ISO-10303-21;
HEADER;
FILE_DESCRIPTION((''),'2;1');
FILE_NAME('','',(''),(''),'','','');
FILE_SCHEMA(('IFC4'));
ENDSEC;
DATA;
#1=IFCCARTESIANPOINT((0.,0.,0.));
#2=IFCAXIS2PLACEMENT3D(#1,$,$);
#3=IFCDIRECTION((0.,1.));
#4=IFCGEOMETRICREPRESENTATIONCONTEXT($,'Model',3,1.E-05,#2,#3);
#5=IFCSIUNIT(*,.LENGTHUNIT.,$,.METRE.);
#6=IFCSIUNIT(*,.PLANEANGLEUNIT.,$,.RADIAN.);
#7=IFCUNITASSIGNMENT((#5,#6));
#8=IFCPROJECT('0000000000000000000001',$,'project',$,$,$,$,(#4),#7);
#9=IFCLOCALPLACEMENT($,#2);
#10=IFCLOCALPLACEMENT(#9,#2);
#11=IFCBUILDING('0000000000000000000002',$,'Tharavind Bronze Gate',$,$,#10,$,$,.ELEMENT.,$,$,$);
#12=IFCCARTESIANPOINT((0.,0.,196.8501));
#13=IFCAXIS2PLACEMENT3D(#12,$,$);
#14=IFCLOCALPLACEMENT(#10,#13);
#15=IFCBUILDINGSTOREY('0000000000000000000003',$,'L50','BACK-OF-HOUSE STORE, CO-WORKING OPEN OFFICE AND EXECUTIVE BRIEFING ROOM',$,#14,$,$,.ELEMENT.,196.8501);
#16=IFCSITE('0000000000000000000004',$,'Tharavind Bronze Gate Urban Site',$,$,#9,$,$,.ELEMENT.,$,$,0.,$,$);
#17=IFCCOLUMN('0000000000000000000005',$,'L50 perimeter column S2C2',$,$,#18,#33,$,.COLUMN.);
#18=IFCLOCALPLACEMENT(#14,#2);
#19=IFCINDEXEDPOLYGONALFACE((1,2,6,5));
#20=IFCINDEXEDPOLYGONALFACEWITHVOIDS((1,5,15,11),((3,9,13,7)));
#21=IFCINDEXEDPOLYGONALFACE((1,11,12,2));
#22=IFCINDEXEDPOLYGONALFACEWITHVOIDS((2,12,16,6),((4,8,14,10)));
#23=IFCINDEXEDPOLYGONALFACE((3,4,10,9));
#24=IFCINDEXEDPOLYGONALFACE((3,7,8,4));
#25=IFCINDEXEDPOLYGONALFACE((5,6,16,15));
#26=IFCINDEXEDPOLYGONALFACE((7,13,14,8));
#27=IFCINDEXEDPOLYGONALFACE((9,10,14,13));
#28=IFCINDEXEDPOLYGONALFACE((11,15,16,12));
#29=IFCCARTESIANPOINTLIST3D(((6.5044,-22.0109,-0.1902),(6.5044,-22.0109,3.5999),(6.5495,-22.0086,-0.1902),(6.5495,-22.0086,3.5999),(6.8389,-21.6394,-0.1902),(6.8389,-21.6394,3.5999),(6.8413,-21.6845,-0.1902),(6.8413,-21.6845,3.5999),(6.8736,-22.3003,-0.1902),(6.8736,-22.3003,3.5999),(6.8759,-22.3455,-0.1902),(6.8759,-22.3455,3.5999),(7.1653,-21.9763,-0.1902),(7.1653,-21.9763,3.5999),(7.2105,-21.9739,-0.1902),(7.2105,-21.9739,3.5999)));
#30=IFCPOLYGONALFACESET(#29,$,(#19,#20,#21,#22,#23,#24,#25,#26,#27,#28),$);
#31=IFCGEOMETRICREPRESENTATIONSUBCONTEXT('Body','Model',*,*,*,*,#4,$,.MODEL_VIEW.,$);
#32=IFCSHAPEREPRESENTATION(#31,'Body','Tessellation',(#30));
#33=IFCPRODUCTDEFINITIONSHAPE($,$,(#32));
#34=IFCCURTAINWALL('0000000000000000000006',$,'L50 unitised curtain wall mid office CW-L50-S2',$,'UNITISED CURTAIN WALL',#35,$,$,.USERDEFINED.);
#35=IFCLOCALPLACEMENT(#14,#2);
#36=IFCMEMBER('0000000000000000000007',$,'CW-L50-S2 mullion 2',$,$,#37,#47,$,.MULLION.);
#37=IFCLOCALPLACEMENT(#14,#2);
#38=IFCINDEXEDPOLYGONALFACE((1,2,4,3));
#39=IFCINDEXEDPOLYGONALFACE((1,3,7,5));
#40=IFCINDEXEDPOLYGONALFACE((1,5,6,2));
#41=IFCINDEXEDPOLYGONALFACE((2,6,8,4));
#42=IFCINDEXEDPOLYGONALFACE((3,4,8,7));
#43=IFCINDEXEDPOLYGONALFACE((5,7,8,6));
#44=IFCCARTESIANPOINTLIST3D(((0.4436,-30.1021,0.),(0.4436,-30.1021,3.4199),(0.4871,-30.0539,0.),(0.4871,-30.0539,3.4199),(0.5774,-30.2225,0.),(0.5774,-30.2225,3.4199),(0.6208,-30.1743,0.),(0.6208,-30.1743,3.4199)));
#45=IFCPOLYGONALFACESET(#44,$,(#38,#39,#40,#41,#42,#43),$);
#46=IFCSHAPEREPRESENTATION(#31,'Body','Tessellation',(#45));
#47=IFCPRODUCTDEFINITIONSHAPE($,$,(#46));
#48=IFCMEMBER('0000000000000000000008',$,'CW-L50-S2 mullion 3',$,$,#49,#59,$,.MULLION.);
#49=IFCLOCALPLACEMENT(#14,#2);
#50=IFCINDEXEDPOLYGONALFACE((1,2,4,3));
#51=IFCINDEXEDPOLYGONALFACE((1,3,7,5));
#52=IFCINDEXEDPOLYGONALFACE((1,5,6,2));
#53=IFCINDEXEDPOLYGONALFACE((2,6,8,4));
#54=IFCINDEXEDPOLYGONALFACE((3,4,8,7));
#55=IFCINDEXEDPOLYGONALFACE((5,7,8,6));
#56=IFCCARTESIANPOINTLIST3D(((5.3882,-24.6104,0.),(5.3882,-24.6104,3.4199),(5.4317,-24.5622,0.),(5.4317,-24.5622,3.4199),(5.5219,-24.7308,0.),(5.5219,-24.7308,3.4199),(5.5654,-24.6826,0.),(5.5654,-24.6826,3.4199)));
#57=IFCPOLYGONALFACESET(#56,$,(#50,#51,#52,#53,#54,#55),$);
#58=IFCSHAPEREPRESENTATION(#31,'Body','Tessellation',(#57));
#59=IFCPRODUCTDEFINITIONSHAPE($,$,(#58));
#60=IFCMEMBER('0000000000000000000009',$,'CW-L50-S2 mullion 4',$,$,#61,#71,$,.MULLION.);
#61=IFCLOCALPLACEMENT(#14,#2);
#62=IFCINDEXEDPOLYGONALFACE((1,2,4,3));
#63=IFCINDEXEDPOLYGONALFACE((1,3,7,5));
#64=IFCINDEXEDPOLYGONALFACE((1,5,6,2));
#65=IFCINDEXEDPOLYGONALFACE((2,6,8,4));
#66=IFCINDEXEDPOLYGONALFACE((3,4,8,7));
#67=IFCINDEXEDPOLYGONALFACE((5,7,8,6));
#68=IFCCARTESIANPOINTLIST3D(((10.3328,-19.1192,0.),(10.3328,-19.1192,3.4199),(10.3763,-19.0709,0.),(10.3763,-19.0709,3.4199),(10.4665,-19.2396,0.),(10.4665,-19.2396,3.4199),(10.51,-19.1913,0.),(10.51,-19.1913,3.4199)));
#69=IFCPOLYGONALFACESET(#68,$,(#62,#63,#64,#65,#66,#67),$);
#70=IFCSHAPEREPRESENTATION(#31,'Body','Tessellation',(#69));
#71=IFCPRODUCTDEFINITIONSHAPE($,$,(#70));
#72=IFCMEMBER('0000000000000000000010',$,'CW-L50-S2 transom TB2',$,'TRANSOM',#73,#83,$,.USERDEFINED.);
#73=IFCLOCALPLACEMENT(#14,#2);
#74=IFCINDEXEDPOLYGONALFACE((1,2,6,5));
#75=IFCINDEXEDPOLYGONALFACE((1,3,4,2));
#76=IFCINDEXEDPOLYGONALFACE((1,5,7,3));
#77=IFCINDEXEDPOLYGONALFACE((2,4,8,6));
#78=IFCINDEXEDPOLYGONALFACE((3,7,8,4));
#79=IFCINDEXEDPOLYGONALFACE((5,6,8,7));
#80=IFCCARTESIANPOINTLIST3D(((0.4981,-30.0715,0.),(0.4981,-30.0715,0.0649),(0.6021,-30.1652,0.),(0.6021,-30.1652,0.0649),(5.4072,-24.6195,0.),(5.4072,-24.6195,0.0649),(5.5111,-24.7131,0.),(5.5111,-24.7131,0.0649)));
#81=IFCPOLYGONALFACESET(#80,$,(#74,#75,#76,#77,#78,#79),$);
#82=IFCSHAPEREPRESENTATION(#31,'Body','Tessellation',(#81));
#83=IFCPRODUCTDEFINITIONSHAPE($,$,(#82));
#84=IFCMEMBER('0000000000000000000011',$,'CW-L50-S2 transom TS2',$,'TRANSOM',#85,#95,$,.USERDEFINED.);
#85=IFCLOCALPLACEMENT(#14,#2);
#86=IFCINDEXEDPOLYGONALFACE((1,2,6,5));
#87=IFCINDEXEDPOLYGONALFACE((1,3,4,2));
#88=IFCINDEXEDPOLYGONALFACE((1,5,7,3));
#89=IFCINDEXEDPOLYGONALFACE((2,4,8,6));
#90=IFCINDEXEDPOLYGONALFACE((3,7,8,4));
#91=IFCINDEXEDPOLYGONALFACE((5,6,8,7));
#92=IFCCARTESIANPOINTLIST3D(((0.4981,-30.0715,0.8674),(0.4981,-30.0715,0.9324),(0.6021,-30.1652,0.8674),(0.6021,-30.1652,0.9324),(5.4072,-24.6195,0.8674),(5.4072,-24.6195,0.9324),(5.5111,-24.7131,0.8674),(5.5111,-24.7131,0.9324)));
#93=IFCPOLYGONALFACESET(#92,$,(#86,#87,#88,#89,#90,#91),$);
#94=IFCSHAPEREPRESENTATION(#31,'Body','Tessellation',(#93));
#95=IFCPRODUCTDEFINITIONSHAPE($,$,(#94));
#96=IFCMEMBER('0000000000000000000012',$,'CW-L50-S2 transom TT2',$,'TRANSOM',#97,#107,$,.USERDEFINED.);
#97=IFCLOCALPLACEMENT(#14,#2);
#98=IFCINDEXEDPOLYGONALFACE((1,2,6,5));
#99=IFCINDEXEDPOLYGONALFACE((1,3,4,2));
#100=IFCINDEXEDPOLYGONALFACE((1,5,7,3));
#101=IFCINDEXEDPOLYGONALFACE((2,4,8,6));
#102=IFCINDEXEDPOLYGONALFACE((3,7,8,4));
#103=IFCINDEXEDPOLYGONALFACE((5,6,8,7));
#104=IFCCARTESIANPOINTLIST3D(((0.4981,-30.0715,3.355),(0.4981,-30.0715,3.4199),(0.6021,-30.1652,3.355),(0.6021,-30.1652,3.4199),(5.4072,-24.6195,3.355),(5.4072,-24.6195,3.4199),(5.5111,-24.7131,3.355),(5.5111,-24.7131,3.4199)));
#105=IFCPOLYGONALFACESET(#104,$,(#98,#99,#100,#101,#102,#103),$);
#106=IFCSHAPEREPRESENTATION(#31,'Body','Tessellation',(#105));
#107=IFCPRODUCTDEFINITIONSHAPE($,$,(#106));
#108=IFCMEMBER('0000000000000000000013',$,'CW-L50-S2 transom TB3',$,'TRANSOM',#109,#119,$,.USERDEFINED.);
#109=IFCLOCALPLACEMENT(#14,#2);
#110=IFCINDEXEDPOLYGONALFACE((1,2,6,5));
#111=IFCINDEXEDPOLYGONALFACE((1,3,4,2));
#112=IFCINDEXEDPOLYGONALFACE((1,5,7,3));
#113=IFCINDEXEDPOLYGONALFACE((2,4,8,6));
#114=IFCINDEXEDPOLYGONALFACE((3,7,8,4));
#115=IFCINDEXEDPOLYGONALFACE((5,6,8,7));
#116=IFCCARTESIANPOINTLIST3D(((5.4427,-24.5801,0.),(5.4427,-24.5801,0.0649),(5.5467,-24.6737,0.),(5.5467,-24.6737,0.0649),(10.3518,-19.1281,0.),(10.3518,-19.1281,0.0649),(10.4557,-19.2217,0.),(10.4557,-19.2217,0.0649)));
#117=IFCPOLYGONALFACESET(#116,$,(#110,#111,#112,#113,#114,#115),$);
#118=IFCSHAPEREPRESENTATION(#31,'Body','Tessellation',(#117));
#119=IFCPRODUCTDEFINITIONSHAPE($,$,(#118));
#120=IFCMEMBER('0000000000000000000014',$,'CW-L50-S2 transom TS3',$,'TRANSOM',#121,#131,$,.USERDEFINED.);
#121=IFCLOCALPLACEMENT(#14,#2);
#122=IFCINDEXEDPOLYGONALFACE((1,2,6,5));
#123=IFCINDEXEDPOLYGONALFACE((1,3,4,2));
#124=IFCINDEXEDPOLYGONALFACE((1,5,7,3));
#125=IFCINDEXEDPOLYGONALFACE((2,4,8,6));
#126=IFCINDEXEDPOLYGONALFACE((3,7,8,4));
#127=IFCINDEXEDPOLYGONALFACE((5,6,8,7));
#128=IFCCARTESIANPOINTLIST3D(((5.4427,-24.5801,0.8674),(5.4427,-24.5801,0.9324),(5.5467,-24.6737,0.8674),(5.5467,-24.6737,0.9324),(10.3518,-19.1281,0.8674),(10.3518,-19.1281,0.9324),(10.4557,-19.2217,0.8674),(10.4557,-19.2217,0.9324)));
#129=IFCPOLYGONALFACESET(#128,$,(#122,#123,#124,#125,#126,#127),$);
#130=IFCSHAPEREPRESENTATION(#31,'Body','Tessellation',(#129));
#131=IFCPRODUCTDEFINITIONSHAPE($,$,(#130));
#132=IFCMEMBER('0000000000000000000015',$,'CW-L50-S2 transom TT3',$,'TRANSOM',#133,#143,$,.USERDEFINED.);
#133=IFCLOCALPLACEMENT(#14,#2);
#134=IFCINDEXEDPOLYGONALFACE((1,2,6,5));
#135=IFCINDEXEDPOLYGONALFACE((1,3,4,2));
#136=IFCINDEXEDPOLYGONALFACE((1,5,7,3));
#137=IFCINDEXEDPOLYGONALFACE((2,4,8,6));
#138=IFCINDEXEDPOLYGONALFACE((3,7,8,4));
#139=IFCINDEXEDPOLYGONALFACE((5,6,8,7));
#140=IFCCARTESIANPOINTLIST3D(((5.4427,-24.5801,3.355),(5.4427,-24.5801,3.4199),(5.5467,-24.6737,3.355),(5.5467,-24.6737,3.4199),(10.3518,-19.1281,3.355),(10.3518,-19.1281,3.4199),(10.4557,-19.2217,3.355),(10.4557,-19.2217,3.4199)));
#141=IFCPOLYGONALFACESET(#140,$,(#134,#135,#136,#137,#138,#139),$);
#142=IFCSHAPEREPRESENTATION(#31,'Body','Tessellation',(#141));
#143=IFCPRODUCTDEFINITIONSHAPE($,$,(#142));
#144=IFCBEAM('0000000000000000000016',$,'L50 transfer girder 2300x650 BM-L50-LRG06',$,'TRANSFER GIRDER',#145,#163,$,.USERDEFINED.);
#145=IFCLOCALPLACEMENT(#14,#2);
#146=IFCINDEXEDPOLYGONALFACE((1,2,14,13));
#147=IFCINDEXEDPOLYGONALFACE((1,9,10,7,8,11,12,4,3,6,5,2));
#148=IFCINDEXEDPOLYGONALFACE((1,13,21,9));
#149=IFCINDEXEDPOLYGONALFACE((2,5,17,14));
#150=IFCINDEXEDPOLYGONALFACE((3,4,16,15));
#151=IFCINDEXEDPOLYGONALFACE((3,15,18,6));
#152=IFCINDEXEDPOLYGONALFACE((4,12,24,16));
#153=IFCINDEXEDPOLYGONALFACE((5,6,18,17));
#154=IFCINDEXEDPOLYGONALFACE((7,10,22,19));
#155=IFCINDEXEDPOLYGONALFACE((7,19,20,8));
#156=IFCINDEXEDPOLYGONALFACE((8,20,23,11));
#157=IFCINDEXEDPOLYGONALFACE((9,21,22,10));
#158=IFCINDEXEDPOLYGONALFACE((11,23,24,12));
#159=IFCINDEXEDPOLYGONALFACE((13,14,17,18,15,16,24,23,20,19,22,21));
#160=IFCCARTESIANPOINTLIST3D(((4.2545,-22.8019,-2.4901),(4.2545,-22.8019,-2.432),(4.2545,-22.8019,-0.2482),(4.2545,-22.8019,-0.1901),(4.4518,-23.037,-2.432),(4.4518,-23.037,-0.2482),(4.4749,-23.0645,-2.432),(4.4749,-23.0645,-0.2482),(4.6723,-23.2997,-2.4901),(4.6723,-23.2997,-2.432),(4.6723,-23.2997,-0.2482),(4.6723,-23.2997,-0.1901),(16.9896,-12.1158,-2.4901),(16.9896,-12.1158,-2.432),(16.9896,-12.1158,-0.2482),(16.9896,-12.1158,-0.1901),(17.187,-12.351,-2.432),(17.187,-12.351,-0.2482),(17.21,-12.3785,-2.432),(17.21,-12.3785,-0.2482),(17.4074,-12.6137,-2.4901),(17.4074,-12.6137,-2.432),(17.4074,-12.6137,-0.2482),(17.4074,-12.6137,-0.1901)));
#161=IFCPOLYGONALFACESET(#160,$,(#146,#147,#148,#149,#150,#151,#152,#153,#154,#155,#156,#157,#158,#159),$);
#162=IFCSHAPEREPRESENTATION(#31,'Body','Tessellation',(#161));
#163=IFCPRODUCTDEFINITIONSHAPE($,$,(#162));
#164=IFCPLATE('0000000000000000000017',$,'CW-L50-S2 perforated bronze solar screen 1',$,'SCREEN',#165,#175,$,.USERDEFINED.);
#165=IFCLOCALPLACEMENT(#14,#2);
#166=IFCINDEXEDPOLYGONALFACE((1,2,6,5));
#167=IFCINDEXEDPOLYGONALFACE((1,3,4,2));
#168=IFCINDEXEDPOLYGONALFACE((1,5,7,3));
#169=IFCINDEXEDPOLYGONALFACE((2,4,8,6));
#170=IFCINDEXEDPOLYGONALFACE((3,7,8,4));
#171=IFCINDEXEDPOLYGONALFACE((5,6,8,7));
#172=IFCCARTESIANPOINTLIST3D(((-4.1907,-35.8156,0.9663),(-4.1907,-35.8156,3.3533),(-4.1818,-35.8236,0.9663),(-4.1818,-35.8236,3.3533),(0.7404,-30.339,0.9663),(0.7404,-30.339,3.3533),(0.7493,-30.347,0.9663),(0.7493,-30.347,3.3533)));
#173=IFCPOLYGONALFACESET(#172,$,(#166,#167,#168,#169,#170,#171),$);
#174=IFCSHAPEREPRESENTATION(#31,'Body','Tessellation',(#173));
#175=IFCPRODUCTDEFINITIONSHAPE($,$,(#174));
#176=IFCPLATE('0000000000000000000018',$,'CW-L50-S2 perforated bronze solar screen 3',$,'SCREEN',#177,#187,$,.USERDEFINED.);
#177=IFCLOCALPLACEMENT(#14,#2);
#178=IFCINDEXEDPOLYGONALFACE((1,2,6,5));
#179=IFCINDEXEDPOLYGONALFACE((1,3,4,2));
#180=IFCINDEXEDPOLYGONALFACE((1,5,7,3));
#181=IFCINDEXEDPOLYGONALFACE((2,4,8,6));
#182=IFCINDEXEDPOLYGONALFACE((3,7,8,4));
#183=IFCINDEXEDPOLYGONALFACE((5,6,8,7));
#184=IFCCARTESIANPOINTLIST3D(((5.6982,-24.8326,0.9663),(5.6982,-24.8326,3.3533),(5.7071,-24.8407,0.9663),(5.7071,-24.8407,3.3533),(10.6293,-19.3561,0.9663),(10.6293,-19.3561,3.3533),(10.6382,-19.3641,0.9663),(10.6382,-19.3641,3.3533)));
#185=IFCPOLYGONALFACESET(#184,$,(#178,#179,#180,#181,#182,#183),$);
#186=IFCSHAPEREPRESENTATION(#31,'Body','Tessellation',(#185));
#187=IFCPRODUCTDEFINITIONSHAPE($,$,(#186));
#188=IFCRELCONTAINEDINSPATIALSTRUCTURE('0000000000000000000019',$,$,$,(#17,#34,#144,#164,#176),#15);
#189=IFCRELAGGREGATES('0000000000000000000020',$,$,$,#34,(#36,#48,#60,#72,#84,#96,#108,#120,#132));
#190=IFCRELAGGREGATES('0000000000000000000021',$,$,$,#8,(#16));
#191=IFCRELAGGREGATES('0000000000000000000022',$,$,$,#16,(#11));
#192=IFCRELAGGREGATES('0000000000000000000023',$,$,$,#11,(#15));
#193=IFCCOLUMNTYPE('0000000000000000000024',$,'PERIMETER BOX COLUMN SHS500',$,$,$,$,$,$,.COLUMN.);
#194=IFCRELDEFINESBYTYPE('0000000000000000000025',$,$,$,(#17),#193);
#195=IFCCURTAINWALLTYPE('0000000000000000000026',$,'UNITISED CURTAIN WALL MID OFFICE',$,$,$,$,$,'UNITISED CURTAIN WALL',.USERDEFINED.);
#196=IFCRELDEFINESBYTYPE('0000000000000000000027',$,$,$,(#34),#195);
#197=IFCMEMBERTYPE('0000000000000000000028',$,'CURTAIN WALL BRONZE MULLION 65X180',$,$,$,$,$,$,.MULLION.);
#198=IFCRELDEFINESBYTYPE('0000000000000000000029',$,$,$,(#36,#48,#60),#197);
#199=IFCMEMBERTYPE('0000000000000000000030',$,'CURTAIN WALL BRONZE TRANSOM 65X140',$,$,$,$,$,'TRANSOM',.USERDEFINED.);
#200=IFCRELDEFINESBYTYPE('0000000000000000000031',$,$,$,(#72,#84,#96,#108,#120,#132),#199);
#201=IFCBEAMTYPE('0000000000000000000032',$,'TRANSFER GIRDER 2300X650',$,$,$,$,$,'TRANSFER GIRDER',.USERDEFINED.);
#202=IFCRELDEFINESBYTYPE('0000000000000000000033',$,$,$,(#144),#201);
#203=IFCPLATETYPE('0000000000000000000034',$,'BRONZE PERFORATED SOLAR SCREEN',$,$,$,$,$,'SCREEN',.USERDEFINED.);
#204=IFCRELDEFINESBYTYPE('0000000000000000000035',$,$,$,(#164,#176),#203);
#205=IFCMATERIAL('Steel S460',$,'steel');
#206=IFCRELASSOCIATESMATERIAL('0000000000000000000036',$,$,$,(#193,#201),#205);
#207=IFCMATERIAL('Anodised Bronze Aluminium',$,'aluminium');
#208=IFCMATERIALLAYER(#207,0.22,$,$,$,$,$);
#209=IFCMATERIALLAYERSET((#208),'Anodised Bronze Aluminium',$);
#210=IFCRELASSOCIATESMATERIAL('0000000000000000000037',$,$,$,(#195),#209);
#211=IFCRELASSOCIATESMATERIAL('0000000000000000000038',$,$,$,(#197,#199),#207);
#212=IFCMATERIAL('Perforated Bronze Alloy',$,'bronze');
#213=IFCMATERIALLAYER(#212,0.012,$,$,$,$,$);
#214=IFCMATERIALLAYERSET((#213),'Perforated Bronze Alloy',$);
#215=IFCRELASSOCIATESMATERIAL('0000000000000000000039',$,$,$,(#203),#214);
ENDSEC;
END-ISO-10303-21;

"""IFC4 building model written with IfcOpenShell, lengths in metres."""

from ifc_helpers import new_model, si_unit, direction, frame, origin, origin_2d, place, context, subcontext, project, spatial, rectangle, hollow_rectangle, i_section, extrude, material, layer, layer_set, material_profile, profile_set, type_object, element, aggregate, save


model = new_model("IFC4")

# Units and contexts
model_context = context("Model", 3, precision=1e-05, world=origin(), true_north=direction((0.0, 1.0)))
body_context = subcontext(model_context, "Body", "Model", "MODEL_VIEW")
ifc_project = project(units=[si_unit("LENGTHUNIT", "METRE"), si_unit("PLANEANGLEUNIT", "RADIAN")], contexts=[model_context])

# Site, building, storey
site_placement = place(None, origin())
site = spatial("IfcSite", under=ifc_project, at=site_placement, Name="Tharavind Bronze Gate Urban Site", CompositionType="ELEMENT", RefElevation=0.0)
building_placement = place(site_placement, origin())
building = spatial("IfcBuilding", under=site, at=building_placement, Name="Tharavind Bronze Gate", CompositionType="ELEMENT")
storey_placement = place(building_placement, frame((0.0, 0.0, 196.8501)))
storey = spatial("IfcBuildingStorey", under=building, at=storey_placement, Name="L50", Description="BACK-OF-HOUSE STORE, CO-WORKING OPEN OFFICE AND EXECUTIVE BRIEFING ROOM", CompositionType="ELEMENT", Elevation=196.8501)

# Column
ifc_material_1 = material(Name="Steel S460", Category="steel")
ifc_material_profile_1 = material_profile(ifc_material_1, hollow_rectangle(XDim=0.5, YDim=0.5, WallThickness=0.032, at=origin_2d()), Name="SHS500X32")
ifc_profile_set_1 = profile_set([ifc_material_profile_1], Name="Steel S460")
column_type = type_object("IfcColumnType", Name="PERIMETER BOX COLUMN SHS500", PredefinedType="COLUMN", material=ifc_profile_set_1)
column_placement = place(storey_placement, frame((6.8574, -21.9924, -0.1902), z_axis=(0.0, 0.0, 1.0), x_axis=(0.669131, 0.743145, 0.0)))
element("IfcColumn", 1, at=column_placement, inside=storey, type_object=column_type, Name="L50 perimeter column S2C2", PredefinedType="COLUMN", context=body_context, shape_type="SweptSolid", body=[
    extrude(hollow_rectangle(XDim=0.5, YDim=0.5, WallThickness=0.032, at=origin_2d()), origin(), (0.0, 0.0, 1.0), 3.79),
])

# Curtain wall, members
ifc_material_2 = material(Name="Anodised Bronze Aluminium", Category="aluminium")
ifc_layer_1 = layer(ifc_material_2, 0.22)
ifc_layer_set_1 = layer_set([ifc_layer_1], Name="Anodised Bronze Aluminium")
curtain_wall_type = type_object("IfcCurtainWallType", Name="UNITISED CURTAIN WALL MID OFFICE", ElementType="UNITISED CURTAIN WALL", PredefinedType="USERDEFINED", material=ifc_layer_set_1)
curtain_wall_placement = place(storey_placement, origin())
curtain_wall = element("IfcCurtainWall", 2, at=curtain_wall_placement, inside=storey, type_object=curtain_wall_type, Name="L50 unitised curtain wall mid office CW-L50-S2", ObjectType="UNITISED CURTAIN WALL", PredefinedType="USERDEFINED")
member_type_1 = type_object("IfcMemberType", Name="CURTAIN WALL BRONZE MULLION 65X180", PredefinedType="MULLION", material=ifc_material_2)
member_1_placement = place(storey_placement, frame((0.5322, -30.1382, 0.0), z_axis=(0.0, 0.0, 1.0), x_axis=(0.669131, 0.743145, 0.0)))
member_1 = element("IfcMember", 3, at=member_1_placement, type_object=member_type_1, Name="CW-L50-S2 mullion 2", PredefinedType="MULLION", context=body_context, shape_type="SweptSolid", body=[
    extrude(rectangle(XDim=0.0649, YDim=0.1799, at=origin_2d()), origin(), (0.0, 0.0, 1.0), 3.4199),
])
member_2_placement = place(storey_placement, frame((5.4768, -24.6465, 0.0), z_axis=(0.0, 0.0, 1.0), x_axis=(0.669131, 0.743145, 0.0)))
member_2 = element("IfcMember", 4, at=member_2_placement, type_object=member_type_1, Name="CW-L50-S2 mullion 3", PredefinedType="MULLION", context=body_context, shape_type="SweptSolid", body=[
    extrude(rectangle(XDim=0.0649, YDim=0.1799, at=origin_2d()), origin(), (0.0, 0.0, 1.0), 3.4199),
])
member_3_placement = place(storey_placement, frame((10.4214, -19.1553, 0.0), z_axis=(0.0, 0.0, 1.0), x_axis=(0.669131, 0.743145, 0.0)))
member_3 = element("IfcMember", 5, at=member_3_placement, type_object=member_type_1, Name="CW-L50-S2 mullion 4", PredefinedType="MULLION", context=body_context, shape_type="SweptSolid", body=[
    extrude(rectangle(XDim=0.0649, YDim=0.1799, at=origin_2d()), origin(), (0.0, 0.0, 1.0), 3.4199),
])
member_type_2 = type_object("IfcMemberType", Name="CURTAIN WALL BRONZE TRANSOM 65X140", ElementType="TRANSOM", PredefinedType="USERDEFINED", material=ifc_material_2)
member_4_placement = place(storey_placement, frame((3.0046, -27.3923, 0.0), z_axis=(0.0, 0.0, 1.0), x_axis=(0.669131, 0.743145, 0.0)))
member_4 = element("IfcMember", 6, at=member_4_placement, type_object=member_type_2, Name="CW-L50-S2 transom TB2", ObjectType="TRANSOM", PredefinedType="USERDEFINED", context=body_context, shape_type="SweptSolid", body=[
    extrude(rectangle(XDim=7.3364, YDim=0.1399, at=origin_2d()), origin(), (0.0, 0.0, 1.0), 0.0649),
])
member_5_placement = place(storey_placement, frame((3.0046, -27.3923, 0.8674), z_axis=(0.0, 0.0, 1.0), x_axis=(0.669131, 0.743145, 0.0)))
member_5 = element("IfcMember", 7, at=member_5_placement, type_object=member_type_2, Name="CW-L50-S2 transom TS2", ObjectType="TRANSOM", PredefinedType="USERDEFINED", context=body_context, shape_type="SweptSolid", body=[
    extrude(rectangle(XDim=7.3364, YDim=0.1399, at=origin_2d()), origin(), (0.0, 0.0, 1.0), 0.0649),
])
member_6_placement = place(storey_placement, frame((3.0046, -27.3923, 3.355), z_axis=(0.0, 0.0, 1.0), x_axis=(0.669131, 0.743145, 0.0)))
member_6 = element("IfcMember", 8, at=member_6_placement, type_object=member_type_2, Name="CW-L50-S2 transom TT2", ObjectType="TRANSOM", PredefinedType="USERDEFINED", context=body_context, shape_type="SweptSolid", body=[
    extrude(rectangle(XDim=7.3364, YDim=0.1399, at=origin_2d()), origin(), (0.0, 0.0, 1.0), 0.0649),
])
member_7_placement = place(storey_placement, frame((7.9492, -21.9009, 0.0), z_axis=(0.0, 0.0, 1.0), x_axis=(0.669131, 0.743145, 0.0)))
member_7 = element("IfcMember", 9, at=member_7_placement, type_object=member_type_2, Name="CW-L50-S2 transom TB3", ObjectType="TRANSOM", PredefinedType="USERDEFINED", context=body_context, shape_type="SweptSolid", body=[
    extrude(rectangle(XDim=7.3364, YDim=0.1399, at=origin_2d()), origin(), (0.0, 0.0, 1.0), 0.0649),
])
member_8_placement = place(storey_placement, frame((7.9492, -21.9009, 0.8674), z_axis=(0.0, 0.0, 1.0), x_axis=(0.669131, 0.743145, 0.0)))
member_8 = element("IfcMember", 10, at=member_8_placement, type_object=member_type_2, Name="CW-L50-S2 transom TS3", ObjectType="TRANSOM", PredefinedType="USERDEFINED", context=body_context, shape_type="SweptSolid", body=[
    extrude(rectangle(XDim=7.3364, YDim=0.1399, at=origin_2d()), origin(), (0.0, 0.0, 1.0), 0.0649),
])
member_9_placement = place(storey_placement, frame((7.9492, -21.9009, 3.355), z_axis=(0.0, 0.0, 1.0), x_axis=(0.669131, 0.743145, 0.0)))
member_9 = element("IfcMember", 11, at=member_9_placement, type_object=member_type_2, Name="CW-L50-S2 transom TT3", ObjectType="TRANSOM", PredefinedType="USERDEFINED", context=body_context, shape_type="SweptSolid", body=[
    extrude(rectangle(XDim=7.3364, YDim=0.1399, at=origin_2d()), origin(), (0.0, 0.0, 1.0), 0.0649),
])

# Beam
ifc_material_profile_2 = material_profile(ifc_material_1, i_section(OverallWidth=0.6499, OverallDepth=2.3, WebThickness=0.0359, FlangeThickness=0.0581, at=origin_2d()), Name="PG2300X650")
ifc_profile_set_2 = profile_set([ifc_material_profile_2], Name="Steel S460")
beam_type = type_object("IfcBeamType", Name="TRANSFER GIRDER 2300X650", ElementType="TRANSFER GIRDER", PredefinedType="USERDEFINED", material=ifc_profile_set_2)
beam_placement = place(storey_placement, frame((4.4634, -23.0508, -1.3401), z_axis=(0.766044, 0.642788, 0.0), x_axis=(-0.642788, 0.766044, 0.0)))
element("IfcBeam", 12, at=beam_placement, inside=storey, type_object=beam_type, Name="L50 transfer girder 2300x650 BM-L50-LRG06", ObjectType="TRANSFER GIRDER", PredefinedType="USERDEFINED", context=body_context, shape_type="SweptSolid", body=[
    extrude(i_section(OverallWidth=0.6499, OverallDepth=2.3, WebThickness=0.0359, FlangeThickness=0.0581, at=origin_2d()), origin(), (0.0, 0.0, 1.0), 16.6245),
])

# Plates
ifc_material_3 = material(Name="Perforated Bronze Alloy", Category="bronze")
ifc_layer_2 = layer(ifc_material_3, 0.012)
ifc_layer_set_2 = layer_set([ifc_layer_2], Name="Perforated Bronze Alloy")
plate_type_1 = type_object("IfcPlateType", Name="BRONZE PERFORATED SOLAR SCREEN", ElementType="SCREEN", PredefinedType="USERDEFINED", material=ifc_layer_set_2)
for number, where, z_axis, x_axis, name in (
    (13, (-1.7207, -33.0813, 0.9663), (0.0, 0.0, 1.0), (0.669131, 0.743145, 0.0), "CW-L50-S2 perforated bronze solar screen 1"),
    (14, (8.1682, -22.0984, 0.9663), (0.0, 0.0, 1.0), (0.669131, 0.743145, 0.0), "CW-L50-S2 perforated bronze solar screen 3"),
):
    element("IfcPlate", number, at=place(storey_placement, frame(where, z_axis=z_axis, x_axis=x_axis)), inside=storey, type_object=plate_type_1, Name=name, ObjectType="SCREEN", PredefinedType="USERDEFINED", context=body_context, shape_type="SweptSolid", body=[
        extrude(rectangle(XDim=7.3694, YDim=0.012, at=origin_2d()), origin(), (0.0, 0.0, 1.0), 2.387),
    ])

aggregate(curtain_wall, [member_1, member_2, member_3, member_4, member_5, member_6, member_7, member_8, member_9])

save(model, "model.ifc")
